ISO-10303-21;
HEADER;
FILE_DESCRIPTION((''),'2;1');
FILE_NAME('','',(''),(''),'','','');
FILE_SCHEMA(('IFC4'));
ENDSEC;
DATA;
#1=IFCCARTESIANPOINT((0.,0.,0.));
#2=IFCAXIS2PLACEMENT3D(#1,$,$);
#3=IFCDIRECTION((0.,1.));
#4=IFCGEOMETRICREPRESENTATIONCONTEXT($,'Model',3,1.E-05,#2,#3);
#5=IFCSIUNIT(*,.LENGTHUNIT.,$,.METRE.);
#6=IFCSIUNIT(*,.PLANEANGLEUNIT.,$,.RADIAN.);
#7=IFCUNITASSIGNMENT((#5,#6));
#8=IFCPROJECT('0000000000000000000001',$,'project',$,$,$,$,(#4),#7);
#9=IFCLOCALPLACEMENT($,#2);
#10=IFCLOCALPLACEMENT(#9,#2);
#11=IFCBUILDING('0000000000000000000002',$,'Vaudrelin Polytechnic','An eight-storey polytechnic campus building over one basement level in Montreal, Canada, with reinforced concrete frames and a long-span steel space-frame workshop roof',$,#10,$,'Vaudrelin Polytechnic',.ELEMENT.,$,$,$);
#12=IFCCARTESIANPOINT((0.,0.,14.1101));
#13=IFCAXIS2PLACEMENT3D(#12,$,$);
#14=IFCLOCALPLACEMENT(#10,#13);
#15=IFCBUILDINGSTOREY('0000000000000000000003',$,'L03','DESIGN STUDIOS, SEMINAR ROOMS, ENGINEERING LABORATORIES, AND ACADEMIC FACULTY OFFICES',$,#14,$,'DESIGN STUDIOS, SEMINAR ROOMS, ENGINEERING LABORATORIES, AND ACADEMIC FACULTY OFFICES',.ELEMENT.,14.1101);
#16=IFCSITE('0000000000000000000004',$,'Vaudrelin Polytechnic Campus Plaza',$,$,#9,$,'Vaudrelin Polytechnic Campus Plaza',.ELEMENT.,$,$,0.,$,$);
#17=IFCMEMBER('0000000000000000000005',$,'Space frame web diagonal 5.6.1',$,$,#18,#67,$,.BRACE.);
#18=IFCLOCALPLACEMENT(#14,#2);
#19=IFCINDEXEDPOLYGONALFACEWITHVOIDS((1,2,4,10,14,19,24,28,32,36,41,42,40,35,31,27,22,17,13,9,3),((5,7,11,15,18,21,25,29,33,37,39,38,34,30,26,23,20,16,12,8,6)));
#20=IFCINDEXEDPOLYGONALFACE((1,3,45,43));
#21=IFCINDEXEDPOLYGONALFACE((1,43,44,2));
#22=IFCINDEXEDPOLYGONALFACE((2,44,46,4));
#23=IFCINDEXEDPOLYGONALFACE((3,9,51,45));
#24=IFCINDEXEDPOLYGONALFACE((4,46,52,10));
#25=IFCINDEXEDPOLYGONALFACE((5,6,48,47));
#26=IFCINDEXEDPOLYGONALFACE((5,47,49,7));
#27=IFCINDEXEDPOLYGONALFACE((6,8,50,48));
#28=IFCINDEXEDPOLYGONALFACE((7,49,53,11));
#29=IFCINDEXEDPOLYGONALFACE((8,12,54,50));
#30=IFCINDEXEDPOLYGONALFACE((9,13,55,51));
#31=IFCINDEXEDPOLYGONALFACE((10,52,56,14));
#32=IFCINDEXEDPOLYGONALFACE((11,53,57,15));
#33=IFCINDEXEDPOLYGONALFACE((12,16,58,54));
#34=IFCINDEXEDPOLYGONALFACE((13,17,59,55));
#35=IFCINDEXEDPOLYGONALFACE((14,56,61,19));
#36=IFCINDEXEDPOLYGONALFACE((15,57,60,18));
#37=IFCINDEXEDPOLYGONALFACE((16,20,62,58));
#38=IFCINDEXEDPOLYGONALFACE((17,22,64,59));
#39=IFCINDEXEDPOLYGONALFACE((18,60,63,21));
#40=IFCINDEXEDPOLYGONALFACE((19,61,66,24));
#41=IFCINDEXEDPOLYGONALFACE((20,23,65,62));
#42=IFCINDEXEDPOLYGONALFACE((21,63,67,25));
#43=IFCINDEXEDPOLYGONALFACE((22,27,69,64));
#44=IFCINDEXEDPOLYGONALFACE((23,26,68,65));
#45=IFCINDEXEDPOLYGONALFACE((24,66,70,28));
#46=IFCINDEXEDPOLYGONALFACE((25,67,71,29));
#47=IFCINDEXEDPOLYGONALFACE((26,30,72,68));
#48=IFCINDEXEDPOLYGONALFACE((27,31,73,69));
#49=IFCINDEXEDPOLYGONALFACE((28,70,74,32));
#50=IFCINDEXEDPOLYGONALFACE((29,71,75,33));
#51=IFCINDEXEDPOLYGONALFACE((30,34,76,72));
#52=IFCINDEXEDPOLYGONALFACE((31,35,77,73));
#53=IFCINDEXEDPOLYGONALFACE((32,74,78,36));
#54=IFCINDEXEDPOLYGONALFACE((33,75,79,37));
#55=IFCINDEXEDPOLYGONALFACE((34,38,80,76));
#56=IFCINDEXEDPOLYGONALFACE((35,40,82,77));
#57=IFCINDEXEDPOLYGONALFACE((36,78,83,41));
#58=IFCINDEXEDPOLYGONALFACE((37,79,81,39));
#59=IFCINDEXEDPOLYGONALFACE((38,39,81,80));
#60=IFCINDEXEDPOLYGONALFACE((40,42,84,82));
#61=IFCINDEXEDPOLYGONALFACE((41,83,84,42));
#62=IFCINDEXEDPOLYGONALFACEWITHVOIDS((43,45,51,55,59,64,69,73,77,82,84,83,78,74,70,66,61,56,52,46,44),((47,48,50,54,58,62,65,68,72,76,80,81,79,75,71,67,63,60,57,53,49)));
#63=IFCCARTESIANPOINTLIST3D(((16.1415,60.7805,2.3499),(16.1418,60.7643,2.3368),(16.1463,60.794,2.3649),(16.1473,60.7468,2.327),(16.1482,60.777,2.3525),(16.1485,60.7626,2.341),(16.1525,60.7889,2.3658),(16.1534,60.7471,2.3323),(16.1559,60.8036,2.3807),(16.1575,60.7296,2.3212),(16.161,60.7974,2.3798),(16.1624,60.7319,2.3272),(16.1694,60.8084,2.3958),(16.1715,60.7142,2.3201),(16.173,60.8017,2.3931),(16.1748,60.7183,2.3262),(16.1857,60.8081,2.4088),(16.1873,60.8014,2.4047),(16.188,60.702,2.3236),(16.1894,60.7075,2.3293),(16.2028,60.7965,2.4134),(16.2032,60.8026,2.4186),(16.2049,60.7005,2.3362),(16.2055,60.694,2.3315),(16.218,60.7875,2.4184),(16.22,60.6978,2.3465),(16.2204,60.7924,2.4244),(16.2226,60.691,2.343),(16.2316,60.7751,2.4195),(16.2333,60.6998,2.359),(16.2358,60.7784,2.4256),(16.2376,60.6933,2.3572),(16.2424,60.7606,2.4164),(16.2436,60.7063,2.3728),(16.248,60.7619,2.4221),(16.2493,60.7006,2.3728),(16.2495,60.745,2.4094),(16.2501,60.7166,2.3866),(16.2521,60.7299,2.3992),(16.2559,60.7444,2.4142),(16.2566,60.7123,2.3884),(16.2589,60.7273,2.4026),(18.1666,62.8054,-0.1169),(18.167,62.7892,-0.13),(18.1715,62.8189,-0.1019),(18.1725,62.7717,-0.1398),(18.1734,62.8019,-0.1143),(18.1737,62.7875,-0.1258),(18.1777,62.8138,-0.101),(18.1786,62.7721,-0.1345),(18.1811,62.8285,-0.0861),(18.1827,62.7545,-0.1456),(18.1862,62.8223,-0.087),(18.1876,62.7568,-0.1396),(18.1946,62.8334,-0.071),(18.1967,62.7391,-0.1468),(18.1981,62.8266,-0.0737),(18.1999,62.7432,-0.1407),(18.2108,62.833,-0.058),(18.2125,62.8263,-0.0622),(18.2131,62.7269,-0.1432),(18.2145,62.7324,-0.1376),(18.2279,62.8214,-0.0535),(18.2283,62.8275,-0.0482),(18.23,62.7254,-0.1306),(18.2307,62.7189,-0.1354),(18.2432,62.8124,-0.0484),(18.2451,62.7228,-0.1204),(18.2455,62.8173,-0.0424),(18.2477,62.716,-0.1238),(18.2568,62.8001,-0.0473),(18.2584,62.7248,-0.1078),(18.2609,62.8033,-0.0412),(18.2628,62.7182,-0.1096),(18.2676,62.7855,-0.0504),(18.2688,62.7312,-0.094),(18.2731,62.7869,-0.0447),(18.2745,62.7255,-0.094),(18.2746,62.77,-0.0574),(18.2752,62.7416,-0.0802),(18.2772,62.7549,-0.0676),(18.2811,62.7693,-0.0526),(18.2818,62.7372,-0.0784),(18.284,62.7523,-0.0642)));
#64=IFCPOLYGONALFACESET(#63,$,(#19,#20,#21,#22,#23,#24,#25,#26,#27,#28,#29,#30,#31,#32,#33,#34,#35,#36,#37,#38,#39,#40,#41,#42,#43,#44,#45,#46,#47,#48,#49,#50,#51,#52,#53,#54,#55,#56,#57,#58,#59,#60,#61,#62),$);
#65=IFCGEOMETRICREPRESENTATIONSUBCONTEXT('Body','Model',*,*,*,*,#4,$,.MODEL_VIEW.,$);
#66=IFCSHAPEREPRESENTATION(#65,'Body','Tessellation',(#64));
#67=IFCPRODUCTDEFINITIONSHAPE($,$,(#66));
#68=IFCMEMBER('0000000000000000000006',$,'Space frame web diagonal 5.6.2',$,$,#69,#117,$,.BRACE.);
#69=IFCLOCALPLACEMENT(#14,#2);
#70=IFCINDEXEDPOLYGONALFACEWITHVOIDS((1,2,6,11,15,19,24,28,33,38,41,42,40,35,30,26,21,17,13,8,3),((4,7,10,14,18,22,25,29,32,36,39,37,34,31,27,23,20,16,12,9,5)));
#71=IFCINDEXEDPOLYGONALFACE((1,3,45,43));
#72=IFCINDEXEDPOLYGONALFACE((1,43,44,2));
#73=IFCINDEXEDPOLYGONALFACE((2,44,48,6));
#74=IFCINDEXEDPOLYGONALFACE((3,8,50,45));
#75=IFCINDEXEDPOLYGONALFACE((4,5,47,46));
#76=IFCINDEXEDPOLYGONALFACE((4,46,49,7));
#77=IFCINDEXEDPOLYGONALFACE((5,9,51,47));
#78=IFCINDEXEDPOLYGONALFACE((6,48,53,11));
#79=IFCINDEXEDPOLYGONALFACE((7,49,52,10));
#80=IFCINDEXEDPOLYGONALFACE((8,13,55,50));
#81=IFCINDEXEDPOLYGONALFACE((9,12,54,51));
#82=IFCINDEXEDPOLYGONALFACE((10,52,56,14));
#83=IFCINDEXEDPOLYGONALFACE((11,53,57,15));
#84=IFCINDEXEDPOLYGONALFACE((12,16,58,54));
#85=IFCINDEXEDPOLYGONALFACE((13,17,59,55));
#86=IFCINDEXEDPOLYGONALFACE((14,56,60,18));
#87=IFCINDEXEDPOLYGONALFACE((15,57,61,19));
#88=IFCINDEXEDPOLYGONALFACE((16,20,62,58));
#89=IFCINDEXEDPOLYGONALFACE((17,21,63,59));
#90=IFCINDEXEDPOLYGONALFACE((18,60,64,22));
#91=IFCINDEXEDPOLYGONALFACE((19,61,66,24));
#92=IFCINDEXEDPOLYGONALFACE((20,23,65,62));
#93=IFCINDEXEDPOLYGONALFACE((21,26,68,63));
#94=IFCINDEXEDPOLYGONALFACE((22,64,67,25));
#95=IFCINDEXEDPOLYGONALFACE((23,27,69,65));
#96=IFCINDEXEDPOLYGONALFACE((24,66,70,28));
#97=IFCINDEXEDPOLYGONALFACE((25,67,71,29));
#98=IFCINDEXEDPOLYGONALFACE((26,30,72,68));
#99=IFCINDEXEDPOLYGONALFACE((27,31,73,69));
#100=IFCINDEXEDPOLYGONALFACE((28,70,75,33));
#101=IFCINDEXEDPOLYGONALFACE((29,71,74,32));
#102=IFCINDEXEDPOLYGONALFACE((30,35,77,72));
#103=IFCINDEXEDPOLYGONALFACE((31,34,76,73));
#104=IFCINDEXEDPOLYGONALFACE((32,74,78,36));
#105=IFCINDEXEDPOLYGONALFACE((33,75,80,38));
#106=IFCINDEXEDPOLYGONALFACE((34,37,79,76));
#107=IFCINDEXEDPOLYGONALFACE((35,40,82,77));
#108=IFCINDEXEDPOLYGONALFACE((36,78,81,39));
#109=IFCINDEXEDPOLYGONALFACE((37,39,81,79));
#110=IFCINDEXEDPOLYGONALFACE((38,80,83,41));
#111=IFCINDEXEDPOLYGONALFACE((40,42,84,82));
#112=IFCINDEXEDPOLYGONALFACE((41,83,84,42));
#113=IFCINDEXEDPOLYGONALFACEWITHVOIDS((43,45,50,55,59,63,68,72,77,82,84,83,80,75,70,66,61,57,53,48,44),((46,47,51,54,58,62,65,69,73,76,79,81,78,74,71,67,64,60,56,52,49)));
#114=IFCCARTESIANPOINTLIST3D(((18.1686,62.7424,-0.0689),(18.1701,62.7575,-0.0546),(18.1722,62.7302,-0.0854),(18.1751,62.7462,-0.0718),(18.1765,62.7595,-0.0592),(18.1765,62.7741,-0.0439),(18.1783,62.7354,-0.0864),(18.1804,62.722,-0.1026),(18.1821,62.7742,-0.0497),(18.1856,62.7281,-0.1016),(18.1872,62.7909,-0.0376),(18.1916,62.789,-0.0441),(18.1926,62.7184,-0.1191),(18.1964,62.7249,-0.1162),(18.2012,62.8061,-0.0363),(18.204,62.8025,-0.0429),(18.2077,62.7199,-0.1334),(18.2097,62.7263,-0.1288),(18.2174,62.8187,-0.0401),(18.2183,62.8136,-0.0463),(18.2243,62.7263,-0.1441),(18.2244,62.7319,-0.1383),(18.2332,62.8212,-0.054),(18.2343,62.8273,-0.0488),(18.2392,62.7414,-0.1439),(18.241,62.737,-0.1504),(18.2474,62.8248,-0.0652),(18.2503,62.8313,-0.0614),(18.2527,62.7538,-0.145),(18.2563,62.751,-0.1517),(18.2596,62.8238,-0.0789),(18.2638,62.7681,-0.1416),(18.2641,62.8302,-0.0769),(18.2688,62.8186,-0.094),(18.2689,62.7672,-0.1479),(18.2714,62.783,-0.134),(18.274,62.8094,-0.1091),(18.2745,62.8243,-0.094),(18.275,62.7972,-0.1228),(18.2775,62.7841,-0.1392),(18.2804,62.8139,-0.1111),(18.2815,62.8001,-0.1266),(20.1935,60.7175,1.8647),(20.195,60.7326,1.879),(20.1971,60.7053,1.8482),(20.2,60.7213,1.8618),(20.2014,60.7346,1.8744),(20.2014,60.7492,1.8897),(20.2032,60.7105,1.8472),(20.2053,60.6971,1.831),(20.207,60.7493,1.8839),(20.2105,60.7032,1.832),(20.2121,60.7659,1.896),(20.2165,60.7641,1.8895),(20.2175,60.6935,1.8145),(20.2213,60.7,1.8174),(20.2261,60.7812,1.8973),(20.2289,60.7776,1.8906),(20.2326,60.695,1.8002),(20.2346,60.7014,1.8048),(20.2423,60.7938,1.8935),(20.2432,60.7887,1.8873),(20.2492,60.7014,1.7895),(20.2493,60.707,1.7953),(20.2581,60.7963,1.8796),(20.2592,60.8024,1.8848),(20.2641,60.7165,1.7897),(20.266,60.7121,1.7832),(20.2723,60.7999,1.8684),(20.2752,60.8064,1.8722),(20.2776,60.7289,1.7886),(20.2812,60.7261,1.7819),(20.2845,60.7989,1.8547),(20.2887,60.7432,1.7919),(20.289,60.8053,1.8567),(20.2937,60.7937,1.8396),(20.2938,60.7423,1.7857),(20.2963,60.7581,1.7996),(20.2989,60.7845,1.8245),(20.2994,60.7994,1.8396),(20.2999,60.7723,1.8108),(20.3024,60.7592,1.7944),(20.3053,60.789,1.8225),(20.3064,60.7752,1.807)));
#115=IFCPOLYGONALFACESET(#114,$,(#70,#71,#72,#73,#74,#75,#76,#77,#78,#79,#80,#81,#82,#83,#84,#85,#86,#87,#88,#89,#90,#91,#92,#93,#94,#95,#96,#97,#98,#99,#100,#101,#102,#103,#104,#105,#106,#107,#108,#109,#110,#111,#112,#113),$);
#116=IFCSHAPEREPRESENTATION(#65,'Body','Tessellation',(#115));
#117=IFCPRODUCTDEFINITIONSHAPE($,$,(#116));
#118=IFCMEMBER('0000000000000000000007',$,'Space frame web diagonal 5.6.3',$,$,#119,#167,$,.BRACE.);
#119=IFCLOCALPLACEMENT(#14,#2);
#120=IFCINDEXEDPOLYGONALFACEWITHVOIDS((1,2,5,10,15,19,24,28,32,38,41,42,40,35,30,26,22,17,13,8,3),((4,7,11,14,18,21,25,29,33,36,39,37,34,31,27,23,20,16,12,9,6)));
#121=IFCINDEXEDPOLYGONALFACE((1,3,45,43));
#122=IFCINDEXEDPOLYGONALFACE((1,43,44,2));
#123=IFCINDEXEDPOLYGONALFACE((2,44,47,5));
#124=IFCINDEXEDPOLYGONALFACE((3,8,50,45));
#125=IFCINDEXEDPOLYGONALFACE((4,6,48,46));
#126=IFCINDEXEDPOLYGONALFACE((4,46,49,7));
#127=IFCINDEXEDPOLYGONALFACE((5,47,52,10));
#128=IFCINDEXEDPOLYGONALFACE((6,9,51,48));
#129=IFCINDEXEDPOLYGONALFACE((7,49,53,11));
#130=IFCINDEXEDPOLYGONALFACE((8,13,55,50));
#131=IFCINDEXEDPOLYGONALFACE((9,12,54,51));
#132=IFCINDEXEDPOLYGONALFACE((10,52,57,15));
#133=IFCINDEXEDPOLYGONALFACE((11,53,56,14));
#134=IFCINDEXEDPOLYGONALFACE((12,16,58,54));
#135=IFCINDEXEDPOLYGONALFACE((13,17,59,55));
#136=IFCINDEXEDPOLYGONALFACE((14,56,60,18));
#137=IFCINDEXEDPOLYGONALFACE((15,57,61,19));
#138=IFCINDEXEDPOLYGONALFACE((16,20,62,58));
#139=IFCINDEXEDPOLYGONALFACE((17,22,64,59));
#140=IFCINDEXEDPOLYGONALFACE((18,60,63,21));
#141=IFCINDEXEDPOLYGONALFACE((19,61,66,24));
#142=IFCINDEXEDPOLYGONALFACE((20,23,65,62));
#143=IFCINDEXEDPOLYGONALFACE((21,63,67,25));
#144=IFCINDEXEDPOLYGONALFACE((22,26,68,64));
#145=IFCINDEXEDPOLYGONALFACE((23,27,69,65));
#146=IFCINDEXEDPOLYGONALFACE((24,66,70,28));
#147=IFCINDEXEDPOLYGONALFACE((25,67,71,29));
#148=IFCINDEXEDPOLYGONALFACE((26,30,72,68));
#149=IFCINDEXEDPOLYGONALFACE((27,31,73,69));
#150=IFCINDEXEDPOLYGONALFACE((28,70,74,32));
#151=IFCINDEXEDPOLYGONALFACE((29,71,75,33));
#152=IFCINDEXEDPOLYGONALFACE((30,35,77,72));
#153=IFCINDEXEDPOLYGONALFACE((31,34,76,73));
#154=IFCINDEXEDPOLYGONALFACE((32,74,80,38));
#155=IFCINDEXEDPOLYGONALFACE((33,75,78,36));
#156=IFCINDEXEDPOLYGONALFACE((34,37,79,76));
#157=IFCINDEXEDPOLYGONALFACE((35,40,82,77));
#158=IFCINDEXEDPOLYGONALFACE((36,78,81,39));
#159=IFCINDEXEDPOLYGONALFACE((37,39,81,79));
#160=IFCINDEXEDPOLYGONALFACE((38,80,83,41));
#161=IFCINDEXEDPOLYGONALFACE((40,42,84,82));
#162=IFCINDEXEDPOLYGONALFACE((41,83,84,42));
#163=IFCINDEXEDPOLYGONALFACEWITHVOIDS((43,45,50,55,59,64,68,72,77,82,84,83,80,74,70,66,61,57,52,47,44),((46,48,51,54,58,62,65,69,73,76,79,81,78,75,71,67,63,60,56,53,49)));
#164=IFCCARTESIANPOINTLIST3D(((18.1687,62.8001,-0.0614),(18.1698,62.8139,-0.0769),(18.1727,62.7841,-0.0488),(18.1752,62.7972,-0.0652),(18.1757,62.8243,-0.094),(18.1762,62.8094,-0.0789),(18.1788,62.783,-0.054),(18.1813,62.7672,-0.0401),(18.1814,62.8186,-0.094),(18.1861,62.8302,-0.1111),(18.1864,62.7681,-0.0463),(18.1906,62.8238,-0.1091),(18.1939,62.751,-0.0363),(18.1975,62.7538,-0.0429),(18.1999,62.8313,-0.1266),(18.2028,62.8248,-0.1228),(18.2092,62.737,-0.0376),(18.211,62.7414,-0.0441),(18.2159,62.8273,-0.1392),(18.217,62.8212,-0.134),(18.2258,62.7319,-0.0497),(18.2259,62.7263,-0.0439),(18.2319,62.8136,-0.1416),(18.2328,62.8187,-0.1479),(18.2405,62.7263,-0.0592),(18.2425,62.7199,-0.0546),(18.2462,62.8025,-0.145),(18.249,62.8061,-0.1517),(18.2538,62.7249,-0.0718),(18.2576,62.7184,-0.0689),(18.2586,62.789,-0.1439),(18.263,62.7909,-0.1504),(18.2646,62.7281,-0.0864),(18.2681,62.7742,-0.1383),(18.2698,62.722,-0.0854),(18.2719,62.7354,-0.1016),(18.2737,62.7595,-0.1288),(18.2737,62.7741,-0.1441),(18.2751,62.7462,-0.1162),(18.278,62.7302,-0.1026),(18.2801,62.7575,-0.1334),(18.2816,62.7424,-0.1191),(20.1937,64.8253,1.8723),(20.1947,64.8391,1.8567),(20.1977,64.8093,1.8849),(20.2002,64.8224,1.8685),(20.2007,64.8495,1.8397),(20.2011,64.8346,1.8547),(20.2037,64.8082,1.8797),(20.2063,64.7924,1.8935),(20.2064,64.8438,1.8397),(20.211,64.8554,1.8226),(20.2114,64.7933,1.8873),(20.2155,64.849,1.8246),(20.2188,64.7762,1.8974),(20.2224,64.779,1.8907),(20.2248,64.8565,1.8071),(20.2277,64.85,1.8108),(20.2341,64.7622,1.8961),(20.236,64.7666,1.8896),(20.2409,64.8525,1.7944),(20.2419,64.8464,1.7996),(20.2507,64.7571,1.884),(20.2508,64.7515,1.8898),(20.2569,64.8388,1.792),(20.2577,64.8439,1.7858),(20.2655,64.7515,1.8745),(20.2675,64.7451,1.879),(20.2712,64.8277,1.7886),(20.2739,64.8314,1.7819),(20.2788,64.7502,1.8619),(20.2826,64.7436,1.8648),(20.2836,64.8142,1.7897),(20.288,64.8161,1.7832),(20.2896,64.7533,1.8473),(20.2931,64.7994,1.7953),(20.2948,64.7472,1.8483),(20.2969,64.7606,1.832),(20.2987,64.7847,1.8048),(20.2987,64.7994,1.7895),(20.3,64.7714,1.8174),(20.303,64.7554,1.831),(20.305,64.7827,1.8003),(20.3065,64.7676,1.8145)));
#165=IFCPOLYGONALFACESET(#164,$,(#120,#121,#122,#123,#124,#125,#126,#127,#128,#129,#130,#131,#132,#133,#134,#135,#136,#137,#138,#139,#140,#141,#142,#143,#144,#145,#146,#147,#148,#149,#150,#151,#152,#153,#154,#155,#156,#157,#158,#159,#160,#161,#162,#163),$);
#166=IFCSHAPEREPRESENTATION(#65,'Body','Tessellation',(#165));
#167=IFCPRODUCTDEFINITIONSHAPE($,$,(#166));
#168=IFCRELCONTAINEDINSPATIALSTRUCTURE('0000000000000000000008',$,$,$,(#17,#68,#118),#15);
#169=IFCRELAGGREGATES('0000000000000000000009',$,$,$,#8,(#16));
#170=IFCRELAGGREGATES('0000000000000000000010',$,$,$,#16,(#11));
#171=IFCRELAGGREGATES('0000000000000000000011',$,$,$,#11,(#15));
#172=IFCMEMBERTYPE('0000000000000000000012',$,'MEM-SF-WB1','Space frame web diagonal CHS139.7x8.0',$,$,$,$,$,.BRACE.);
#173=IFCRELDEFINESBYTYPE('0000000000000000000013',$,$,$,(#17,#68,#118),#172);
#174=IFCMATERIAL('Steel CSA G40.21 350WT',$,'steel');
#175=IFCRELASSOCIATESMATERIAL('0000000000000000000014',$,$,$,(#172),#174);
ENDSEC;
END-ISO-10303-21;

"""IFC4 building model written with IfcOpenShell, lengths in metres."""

from ifc_helpers import new_model, si_unit, direction, frame, origin, origin_2d, place, context, subcontext, project, spatial, hollow_circle, extrude, material, material_profile, profile_set, type_object, element, save


model = new_model("IFC4")

# Units and contexts
model_context = context("Model", 3, precision=1e-05, world=origin(), true_north=direction((0.0, 1.0)))
body_context = subcontext(model_context, "Body", "Model", "MODEL_VIEW")
ifc_project = project(units=[si_unit("LENGTHUNIT", "METRE"), si_unit("PLANEANGLEUNIT", "RADIAN")], contexts=[model_context])

# Site, building, storey
site_placement = place(None, origin())
site = spatial("IfcSite", under=ifc_project, at=site_placement, Name="Vaudrelin Polytechnic Campus Plaza", LongName="Vaudrelin Polytechnic Campus Plaza", CompositionType="ELEMENT", RefElevation=0.0)
building_placement = place(site_placement, origin())
building = spatial("IfcBuilding", under=site, at=building_placement, Name="Vaudrelin Polytechnic", Description="An eight-storey polytechnic campus building over one basement level in Montreal, Canada, with reinforced concrete frames and a long-span steel space-frame workshop roof", LongName="Vaudrelin Polytechnic", CompositionType="ELEMENT")
storey_placement = place(building_placement, frame((0.0, 0.0, 14.1101)))
storey = spatial("IfcBuildingStorey", under=building, at=storey_placement, Name="L03", Description="DESIGN STUDIOS, SEMINAR ROOMS, ENGINEERING LABORATORIES, AND ACADEMIC FACULTY OFFICES", LongName="DESIGN STUDIOS, SEMINAR ROOMS, ENGINEERING LABORATORIES, AND ACADEMIC FACULTY OFFICES", CompositionType="ELEMENT", Elevation=14.1101)

# Members
ifc_material = material(Name="Steel CSA G40.21 350WT", Category="steel")
ifc_material_profile_1 = material_profile(ifc_material, hollow_circle(Radius=0.0698, WallThickness=0.0081, at=origin_2d()), Name="CHS139.7x8.0")
ifc_profile_set_1 = profile_set([ifc_material_profile_1], Name="Steel CSA G40.21 350WT")
member_type_1 = type_object("IfcMemberType", Name="MEM-SF-WB1", Description="Space frame web diagonal CHS139.7x8.0", PredefinedType="BRACE", material=ifc_profile_set_1)
for number, where, z_axis, x_axis, name in (
    (1, (18.2251, 62.7749, -0.094), (-0.535788, -0.535723, 0.652634), (0.707064, -0.707149, 0.0), "Space frame web diagonal 5.6.1"),
):
    element("IfcMember", number, at=place(storey_placement, frame(where, z_axis=z_axis, x_axis=x_axis)), inside=storey, type_object=member_type_1, Name=name, PredefinedType="BRACE", context=body_context, shape_type="SweptSolid", body=[
        extrude(hollow_circle(Radius=0.0698, WallThickness=0.0081, at=origin_2d()), origin(), (0.0, 0.0, 1.0), 3.7798),
    ])
member_1_placement = place(storey_placement, frame((18.2251, 62.7749, -0.094), z_axis=(0.586024, -0.586024, 0.559599), x_axis=(0.707107, 0.707107, 0.0)))
element("IfcMember", 2, at=member_1_placement, inside=storey, type_object=member_type_1, Name="Space frame web diagonal 5.6.2", PredefinedType="BRACE", context=body_context, shape_type="SweptSolid", body=[
    extrude(hollow_circle(Radius=0.0698, WallThickness=0.0081, at=origin_2d()), origin(), (0.0, 0.0, 1.0), 3.4553),
])
member_2_placement = place(storey_placement, frame((18.2251, 62.7749, -0.094), z_axis=(0.586, 0.586071, 0.559576), x_axis=(-0.707149, 0.707064, 0.0)))
element("IfcMember", 3, at=member_2_placement, inside=storey, type_object=member_type_1, Name="Space frame web diagonal 5.6.3", PredefinedType="BRACE", context=body_context, shape_type="SweptSolid", body=[
    extrude(hollow_circle(Radius=0.0698, WallThickness=0.0081, at=origin_2d()), origin(), (0.0, 0.0, 1.0), 3.4556),
])

save(model, "model.ifc")
